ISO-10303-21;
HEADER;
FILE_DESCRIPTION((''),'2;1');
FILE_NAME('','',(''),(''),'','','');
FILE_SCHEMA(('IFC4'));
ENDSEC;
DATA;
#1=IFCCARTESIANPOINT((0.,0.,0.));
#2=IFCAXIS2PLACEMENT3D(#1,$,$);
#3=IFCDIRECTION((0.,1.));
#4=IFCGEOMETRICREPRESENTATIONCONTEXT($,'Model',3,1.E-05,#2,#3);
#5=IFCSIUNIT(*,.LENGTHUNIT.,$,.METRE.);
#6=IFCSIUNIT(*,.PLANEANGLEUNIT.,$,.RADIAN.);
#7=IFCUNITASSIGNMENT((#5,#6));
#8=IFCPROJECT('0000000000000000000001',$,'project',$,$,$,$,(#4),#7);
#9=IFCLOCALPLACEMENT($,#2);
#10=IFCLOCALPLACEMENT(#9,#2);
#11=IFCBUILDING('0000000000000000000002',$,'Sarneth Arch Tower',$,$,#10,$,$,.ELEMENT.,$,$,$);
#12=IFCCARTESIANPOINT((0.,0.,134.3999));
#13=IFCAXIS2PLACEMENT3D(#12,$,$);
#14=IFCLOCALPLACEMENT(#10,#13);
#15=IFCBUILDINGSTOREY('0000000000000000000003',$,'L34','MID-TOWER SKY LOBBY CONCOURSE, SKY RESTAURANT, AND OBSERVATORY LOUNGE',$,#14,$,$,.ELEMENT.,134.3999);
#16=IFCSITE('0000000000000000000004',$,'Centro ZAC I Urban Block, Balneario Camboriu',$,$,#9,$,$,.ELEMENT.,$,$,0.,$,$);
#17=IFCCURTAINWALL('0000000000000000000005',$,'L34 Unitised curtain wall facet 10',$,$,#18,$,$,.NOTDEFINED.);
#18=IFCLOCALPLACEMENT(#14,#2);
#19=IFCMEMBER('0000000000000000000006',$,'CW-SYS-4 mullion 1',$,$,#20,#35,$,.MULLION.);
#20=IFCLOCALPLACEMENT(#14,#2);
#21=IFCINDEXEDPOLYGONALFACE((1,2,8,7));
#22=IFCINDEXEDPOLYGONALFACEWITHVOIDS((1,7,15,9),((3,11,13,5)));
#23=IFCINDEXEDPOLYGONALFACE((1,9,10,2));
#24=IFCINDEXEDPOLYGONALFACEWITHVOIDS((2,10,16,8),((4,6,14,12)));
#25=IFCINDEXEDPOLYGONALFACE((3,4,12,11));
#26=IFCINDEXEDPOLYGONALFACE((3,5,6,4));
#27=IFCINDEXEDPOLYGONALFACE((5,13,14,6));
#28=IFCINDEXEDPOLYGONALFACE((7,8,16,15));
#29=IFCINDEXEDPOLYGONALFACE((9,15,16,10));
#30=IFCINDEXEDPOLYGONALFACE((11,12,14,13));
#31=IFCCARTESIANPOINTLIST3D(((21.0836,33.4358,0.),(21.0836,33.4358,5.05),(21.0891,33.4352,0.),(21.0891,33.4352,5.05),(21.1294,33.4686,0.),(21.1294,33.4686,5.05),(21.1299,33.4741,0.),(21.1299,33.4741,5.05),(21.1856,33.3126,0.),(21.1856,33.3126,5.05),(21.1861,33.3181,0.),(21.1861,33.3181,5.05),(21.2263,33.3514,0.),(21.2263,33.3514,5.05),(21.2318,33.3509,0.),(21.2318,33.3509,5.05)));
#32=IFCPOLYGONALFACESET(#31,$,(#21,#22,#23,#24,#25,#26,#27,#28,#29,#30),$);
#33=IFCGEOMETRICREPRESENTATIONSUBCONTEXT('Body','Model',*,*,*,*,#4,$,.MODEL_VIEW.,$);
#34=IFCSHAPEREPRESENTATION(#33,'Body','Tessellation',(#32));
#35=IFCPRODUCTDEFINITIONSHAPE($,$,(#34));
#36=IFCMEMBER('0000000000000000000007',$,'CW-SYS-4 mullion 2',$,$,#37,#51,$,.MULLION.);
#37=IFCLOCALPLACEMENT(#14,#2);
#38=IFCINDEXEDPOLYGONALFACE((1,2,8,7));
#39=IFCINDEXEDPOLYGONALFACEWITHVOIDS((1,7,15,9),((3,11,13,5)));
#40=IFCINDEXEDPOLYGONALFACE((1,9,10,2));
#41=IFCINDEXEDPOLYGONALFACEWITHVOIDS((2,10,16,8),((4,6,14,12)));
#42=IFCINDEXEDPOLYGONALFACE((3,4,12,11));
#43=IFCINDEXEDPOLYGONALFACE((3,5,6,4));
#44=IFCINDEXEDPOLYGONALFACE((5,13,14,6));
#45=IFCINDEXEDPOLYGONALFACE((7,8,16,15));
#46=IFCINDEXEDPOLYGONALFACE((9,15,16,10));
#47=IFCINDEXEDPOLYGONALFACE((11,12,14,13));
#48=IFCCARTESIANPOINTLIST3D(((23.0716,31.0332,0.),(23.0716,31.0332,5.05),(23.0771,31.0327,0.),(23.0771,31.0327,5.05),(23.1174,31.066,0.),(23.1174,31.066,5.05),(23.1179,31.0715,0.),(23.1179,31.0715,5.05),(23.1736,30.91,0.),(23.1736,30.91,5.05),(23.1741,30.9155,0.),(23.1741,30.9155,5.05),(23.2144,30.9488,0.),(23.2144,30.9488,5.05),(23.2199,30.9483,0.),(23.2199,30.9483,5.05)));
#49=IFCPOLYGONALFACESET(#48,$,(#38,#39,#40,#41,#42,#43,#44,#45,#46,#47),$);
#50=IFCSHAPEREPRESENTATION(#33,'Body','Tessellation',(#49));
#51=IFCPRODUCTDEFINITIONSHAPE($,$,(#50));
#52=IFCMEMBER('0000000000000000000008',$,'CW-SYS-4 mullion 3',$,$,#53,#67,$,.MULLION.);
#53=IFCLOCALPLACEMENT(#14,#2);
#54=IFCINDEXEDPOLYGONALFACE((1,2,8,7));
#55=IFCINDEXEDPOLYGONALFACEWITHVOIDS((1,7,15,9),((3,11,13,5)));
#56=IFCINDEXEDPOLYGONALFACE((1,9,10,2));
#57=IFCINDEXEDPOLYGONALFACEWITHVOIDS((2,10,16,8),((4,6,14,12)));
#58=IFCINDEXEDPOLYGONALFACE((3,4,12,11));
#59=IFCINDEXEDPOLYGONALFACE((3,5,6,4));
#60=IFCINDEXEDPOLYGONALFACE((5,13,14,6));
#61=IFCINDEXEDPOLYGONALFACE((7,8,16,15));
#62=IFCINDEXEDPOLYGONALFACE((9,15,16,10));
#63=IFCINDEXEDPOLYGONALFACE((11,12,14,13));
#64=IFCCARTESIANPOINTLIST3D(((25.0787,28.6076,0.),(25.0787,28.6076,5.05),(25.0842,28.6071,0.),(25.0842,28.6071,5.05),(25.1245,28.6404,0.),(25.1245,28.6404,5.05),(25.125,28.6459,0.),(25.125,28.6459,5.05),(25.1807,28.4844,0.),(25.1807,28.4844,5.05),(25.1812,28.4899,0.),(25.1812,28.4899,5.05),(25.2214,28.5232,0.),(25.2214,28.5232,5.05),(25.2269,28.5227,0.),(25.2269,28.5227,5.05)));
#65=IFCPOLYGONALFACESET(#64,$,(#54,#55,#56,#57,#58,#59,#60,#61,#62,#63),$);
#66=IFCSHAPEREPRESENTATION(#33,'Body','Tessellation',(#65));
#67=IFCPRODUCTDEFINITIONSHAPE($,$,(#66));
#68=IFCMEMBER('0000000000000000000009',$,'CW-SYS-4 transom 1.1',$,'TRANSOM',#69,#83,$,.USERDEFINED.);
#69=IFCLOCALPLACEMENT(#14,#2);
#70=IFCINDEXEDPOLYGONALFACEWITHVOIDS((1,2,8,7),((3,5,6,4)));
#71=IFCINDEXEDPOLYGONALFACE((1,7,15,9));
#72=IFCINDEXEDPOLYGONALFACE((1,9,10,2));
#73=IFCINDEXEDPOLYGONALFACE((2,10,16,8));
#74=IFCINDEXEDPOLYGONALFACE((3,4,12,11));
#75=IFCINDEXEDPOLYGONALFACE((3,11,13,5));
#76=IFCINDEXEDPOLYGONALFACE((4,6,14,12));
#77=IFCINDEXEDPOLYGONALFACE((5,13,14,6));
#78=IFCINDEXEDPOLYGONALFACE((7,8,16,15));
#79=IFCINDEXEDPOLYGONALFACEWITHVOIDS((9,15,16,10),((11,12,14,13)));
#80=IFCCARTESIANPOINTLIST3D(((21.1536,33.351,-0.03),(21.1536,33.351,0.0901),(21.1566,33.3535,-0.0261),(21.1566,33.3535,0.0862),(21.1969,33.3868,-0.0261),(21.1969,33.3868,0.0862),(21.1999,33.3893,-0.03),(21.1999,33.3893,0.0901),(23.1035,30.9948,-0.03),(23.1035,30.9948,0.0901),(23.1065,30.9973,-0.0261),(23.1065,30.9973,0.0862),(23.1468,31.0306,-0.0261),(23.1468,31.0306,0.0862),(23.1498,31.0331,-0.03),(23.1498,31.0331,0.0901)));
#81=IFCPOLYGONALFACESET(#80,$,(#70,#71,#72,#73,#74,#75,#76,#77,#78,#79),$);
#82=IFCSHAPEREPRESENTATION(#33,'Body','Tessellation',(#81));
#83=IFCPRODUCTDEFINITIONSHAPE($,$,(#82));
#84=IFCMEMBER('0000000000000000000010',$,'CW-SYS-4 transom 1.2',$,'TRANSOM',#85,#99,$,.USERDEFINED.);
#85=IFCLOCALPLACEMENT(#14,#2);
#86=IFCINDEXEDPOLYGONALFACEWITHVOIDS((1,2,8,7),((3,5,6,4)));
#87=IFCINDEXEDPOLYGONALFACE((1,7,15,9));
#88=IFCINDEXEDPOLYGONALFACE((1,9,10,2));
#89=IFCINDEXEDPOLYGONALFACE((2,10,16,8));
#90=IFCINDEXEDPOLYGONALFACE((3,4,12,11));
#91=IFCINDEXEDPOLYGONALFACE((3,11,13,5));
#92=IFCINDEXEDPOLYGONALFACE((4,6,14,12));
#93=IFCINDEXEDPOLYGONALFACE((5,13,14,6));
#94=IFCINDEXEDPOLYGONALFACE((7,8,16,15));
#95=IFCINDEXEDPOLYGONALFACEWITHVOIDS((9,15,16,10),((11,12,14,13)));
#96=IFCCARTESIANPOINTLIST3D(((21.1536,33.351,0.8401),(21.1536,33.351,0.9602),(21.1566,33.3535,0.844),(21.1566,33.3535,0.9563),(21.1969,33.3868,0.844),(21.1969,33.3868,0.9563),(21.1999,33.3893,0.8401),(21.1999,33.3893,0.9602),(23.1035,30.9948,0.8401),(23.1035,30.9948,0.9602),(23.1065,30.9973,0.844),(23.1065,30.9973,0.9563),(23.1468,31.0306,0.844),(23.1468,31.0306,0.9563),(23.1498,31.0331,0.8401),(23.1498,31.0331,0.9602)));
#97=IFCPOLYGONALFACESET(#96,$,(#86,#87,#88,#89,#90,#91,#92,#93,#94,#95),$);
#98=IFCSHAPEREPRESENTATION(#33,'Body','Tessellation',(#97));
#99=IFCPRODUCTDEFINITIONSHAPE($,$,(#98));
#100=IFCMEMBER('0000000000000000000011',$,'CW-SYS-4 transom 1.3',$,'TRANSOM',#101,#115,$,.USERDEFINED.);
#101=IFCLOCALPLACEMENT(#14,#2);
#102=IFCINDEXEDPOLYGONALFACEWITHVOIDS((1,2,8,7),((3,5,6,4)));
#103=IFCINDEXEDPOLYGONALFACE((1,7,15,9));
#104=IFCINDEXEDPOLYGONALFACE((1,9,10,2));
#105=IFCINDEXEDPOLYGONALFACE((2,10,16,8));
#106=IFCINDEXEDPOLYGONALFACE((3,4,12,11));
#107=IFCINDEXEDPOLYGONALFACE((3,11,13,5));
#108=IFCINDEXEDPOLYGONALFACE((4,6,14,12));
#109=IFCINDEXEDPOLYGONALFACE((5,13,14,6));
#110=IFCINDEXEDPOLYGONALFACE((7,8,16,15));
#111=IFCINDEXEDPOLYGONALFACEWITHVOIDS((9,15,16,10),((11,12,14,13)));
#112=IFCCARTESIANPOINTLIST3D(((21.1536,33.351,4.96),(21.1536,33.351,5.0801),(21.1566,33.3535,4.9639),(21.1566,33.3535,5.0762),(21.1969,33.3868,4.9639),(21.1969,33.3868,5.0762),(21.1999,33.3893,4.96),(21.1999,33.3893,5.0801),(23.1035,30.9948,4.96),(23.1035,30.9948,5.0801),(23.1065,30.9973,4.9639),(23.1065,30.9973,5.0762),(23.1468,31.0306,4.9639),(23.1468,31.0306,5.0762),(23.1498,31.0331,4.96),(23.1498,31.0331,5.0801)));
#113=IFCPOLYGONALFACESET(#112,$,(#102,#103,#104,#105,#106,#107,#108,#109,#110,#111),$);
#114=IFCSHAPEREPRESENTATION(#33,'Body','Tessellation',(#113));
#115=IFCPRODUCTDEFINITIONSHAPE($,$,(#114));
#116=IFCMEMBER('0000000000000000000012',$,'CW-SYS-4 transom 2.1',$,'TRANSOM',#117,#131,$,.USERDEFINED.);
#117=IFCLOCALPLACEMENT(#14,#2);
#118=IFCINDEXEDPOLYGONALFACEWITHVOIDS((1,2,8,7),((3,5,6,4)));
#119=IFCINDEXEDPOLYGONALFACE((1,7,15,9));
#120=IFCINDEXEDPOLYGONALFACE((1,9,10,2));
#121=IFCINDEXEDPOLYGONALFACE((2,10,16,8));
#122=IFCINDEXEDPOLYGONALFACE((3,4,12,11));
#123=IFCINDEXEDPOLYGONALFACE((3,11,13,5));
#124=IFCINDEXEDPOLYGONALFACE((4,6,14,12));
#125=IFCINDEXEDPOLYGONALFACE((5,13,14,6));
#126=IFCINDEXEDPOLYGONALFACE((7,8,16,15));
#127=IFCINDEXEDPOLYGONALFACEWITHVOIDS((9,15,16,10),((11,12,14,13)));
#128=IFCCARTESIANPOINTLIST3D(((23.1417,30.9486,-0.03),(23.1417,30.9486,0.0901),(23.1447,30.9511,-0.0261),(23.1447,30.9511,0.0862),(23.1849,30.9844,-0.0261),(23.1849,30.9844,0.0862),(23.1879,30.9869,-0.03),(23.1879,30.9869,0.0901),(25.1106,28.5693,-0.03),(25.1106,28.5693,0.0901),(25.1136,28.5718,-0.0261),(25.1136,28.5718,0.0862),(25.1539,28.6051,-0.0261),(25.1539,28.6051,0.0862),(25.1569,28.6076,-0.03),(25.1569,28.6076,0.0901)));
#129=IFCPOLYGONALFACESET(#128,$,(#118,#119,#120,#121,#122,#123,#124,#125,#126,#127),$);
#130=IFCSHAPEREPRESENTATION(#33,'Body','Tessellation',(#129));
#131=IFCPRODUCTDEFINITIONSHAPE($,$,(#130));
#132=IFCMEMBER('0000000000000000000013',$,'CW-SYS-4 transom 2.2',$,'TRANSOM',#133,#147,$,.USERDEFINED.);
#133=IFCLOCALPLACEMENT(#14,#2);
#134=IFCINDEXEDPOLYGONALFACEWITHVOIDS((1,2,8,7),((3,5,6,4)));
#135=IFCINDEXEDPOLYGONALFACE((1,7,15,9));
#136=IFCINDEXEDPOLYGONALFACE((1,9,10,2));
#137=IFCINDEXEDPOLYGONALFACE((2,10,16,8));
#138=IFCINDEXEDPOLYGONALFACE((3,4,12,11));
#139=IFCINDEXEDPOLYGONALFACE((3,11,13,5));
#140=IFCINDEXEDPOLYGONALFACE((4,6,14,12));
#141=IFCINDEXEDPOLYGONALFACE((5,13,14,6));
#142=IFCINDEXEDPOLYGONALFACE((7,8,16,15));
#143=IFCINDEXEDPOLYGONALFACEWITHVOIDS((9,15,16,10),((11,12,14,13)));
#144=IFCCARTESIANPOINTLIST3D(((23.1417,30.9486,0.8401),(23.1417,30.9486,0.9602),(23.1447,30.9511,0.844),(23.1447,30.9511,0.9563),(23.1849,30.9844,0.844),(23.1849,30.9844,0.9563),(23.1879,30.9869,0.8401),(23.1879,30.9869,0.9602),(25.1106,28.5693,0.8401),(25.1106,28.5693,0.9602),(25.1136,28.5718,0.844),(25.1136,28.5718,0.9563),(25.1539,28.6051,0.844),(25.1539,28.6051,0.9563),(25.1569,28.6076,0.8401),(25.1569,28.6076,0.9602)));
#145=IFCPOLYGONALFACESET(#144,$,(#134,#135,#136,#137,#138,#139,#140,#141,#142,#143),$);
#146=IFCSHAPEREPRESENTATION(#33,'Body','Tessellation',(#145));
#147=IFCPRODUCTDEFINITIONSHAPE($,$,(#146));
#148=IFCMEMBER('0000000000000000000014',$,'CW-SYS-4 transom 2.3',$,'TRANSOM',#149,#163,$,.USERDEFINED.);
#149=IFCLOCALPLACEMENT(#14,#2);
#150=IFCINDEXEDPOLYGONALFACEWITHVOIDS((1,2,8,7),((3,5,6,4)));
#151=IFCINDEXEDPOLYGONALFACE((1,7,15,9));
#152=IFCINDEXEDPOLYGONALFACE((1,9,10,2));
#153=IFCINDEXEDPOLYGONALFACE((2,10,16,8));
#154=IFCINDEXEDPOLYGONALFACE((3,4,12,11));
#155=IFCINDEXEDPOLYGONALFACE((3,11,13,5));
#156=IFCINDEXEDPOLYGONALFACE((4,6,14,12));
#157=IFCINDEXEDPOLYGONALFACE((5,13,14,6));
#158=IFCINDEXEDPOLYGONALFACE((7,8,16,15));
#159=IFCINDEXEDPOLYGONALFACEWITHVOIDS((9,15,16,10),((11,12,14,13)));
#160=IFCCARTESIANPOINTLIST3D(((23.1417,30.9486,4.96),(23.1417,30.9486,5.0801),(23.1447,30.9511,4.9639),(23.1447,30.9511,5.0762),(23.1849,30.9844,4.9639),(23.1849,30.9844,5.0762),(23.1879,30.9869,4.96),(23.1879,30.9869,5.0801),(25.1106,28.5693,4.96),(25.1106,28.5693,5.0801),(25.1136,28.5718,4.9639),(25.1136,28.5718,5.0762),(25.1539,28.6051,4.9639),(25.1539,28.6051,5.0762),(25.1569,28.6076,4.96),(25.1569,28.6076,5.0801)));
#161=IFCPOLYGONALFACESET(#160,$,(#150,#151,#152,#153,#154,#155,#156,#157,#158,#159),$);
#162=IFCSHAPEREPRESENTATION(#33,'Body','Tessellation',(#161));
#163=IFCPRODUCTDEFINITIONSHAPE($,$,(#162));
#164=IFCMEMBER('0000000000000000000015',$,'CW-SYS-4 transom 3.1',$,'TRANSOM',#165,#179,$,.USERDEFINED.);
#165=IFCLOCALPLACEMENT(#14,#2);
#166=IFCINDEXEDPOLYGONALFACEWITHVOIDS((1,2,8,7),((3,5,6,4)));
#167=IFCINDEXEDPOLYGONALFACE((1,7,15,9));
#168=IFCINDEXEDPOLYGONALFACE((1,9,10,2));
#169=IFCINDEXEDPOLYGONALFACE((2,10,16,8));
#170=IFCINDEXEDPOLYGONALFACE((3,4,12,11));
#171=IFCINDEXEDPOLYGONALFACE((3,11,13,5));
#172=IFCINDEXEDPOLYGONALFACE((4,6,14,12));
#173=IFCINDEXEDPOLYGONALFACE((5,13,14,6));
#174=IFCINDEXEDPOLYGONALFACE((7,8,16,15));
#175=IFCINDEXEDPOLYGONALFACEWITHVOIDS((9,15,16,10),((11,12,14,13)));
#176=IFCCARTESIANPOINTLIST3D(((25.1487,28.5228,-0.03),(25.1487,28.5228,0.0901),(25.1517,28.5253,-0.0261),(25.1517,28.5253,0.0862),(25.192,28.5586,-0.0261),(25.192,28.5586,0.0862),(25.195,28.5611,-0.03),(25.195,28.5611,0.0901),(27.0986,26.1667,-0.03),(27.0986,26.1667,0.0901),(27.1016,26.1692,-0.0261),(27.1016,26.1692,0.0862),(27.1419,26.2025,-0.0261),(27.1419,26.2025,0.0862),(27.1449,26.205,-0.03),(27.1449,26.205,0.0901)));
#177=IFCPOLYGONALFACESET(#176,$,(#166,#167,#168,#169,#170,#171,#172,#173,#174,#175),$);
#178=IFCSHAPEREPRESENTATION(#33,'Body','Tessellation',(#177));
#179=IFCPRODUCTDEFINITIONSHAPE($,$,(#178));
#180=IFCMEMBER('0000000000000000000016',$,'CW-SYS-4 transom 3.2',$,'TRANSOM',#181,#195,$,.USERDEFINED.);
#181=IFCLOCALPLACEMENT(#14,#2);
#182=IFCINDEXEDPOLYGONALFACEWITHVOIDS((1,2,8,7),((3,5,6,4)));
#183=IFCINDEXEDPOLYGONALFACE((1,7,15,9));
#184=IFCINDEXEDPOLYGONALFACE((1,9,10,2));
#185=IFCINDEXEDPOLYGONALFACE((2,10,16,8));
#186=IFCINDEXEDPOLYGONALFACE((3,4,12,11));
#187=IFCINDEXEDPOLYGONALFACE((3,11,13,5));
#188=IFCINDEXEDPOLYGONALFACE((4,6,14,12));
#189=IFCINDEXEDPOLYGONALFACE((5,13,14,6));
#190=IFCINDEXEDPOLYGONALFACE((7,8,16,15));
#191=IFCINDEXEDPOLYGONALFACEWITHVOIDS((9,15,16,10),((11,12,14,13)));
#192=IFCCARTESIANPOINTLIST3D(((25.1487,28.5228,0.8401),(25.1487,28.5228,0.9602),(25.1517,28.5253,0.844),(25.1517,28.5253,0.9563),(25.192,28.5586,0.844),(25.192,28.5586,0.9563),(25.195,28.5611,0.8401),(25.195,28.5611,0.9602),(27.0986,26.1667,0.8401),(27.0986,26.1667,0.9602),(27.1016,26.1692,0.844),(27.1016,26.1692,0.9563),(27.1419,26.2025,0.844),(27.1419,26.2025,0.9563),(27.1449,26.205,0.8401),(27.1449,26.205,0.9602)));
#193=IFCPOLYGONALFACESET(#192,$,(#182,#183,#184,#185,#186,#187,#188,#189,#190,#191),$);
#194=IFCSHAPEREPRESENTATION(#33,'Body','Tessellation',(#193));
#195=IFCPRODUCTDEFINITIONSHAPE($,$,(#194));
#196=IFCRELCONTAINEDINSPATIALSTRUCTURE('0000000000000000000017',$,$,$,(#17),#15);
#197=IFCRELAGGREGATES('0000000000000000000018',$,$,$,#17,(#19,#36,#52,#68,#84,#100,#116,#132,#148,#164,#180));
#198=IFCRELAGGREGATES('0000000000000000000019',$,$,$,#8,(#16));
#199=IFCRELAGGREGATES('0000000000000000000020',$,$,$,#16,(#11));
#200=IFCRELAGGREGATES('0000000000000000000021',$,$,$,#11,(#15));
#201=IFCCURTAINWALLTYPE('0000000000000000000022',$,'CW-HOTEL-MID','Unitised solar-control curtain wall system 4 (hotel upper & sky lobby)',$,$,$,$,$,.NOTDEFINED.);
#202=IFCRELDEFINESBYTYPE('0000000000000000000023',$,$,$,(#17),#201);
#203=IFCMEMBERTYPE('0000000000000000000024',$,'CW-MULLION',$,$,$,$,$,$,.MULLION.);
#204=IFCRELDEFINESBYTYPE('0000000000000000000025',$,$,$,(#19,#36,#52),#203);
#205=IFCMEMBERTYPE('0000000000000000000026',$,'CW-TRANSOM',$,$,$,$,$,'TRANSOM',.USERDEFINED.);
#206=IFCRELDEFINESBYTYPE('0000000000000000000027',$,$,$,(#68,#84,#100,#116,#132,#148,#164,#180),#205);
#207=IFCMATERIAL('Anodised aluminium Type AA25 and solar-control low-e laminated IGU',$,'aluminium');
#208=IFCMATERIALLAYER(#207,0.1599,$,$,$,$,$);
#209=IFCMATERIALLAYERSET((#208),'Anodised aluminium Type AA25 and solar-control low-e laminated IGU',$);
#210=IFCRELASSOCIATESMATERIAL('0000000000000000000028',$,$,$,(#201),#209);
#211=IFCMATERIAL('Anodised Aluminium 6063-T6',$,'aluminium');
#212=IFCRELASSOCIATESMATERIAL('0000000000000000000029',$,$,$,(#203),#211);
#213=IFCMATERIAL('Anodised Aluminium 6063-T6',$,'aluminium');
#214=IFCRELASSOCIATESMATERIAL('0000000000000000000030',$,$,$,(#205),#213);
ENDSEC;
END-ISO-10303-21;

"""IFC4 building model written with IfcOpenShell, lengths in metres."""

from ifc_helpers import new_model, si_unit, direction, frame, origin, origin_2d, place, context, subcontext, project, spatial, hollow_rectangle, extrude, material, layer, layer_set, material_profile, profile_set, type_object, element, aggregate, save


model = new_model("IFC4")

# Units and contexts
model_context = context("Model", 3, precision=1e-05, world=origin(), true_north=direction((0.0, 1.0)))
body_context = subcontext(model_context, "Body", "Model", "MODEL_VIEW")
ifc_project = project(units=[si_unit("LENGTHUNIT", "METRE"), si_unit("PLANEANGLEUNIT", "RADIAN")], contexts=[model_context])

# Site, building, storey
site_placement = place(None, origin())
site = spatial("IfcSite", under=ifc_project, at=site_placement, Name="Centro ZAC I Urban Block, Balneario Camboriu", CompositionType="ELEMENT", RefElevation=0.0)
building_placement = place(site_placement, origin())
building = spatial("IfcBuilding", under=site, at=building_placement, Name="Sarneth Arch Tower", CompositionType="ELEMENT")
storey_placement = place(building_placement, frame((0.0, 0.0, 134.3999)))
storey = spatial("IfcBuildingStorey", under=building, at=storey_placement, Name="L34", Description="MID-TOWER SKY LOBBY CONCOURSE, SKY RESTAURANT, AND OBSERVATORY LOUNGE", CompositionType="ELEMENT", Elevation=134.3999)

# Curtain wall, members
ifc_material_1 = material(Name="Anodised aluminium Type AA25 and solar-control low-e laminated IGU", Category="aluminium")
ifc_layer_1 = layer(ifc_material_1, 0.1599)
ifc_layer_set_1 = layer_set([ifc_layer_1], Name="Anodised aluminium Type AA25 and solar-control low-e laminated IGU")
curtain_wall_type = type_object("IfcCurtainWallType", Name="CW-HOTEL-MID", Description="Unitised solar-control curtain wall system 4 (hotel upper & sky lobby)", PredefinedType="NOTDEFINED", material=ifc_layer_set_1)
curtain_wall_placement = place(storey_placement, origin())
curtain_wall = element("IfcCurtainWall", 1, at=curtain_wall_placement, inside=storey, type_object=curtain_wall_type, Name="L34 Unitised curtain wall facet 10", PredefinedType="NOTDEFINED")
ifc_material_2 = material(Name="Anodised Aluminium 6063-T6", Category="aluminium")
ifc_material_profile_1 = material_profile(ifc_material_2, hollow_rectangle(XDim=0.0601, YDim=0.1599, WallThickness=0.0039, at=origin_2d()), Name="AL-MULL-160x60x4")
ifc_profile_set_1 = profile_set([ifc_material_profile_1], Name="Anodised Aluminium 6063-T6")
member_type_1 = type_object("IfcMemberType", Name="CW-MULLION", PredefinedType="MULLION", material=ifc_profile_set_1)
member_1_placement = place(storey_placement, frame((21.1577, 33.3933, 0.0), z_axis=(0.0, 0.0, 1.0), x_axis=(0.770438, 0.637515, 0.0)))
member_1 = element("IfcMember", 2, at=member_1_placement, type_object=member_type_1, Name="CW-SYS-4 mullion 1", PredefinedType="MULLION", context=body_context, shape_type="SweptSolid", body=[
    extrude(hollow_rectangle(XDim=0.0601, YDim=0.1599, WallThickness=0.0039, at=origin_2d()), origin(), (0.0, 0.0, 1.0), 5.05),
])
member_2_placement = place(storey_placement, frame((23.1458, 30.9907, 0.0), z_axis=(0.0, 0.0, 1.0), x_axis=(0.770438, 0.637515, 0.0)))
member_2 = element("IfcMember", 3, at=member_2_placement, type_object=member_type_1, Name="CW-SYS-4 mullion 2", PredefinedType="MULLION", context=body_context, shape_type="SweptSolid", body=[
    extrude(hollow_rectangle(XDim=0.0601, YDim=0.1599, WallThickness=0.0039, at=origin_2d()), origin(), (0.0, 0.0, 1.0), 5.05),
])
member_3_placement = place(storey_placement, frame((25.1528, 28.5652, 0.0), z_axis=(0.0, 0.0, 1.0), x_axis=(0.770438, 0.637515, 0.0)))
member_3 = element("IfcMember", 4, at=member_3_placement, type_object=member_type_1, Name="CW-SYS-4 mullion 3", PredefinedType="MULLION", context=body_context, shape_type="SweptSolid", body=[
    extrude(hollow_rectangle(XDim=0.0601, YDim=0.1599, WallThickness=0.0039, at=origin_2d()), origin(), (0.0, 0.0, 1.0), 5.05),
])
ifc_material_3 = material(Name="Anodised Aluminium 6063-T6", Category="aluminium")
ifc_material_profile_2 = material_profile(ifc_material_3, hollow_rectangle(XDim=0.0601, YDim=0.1201, WallThickness=0.0039, at=origin_2d()), Name="AL-TRAN-120x60x4")
ifc_profile_set_2 = profile_set([ifc_material_profile_2], Name="Anodised Aluminium 6063-T6")
member_type_2 = type_object("IfcMemberType", Name="CW-TRANSOM", ElementType="TRANSOM", PredefinedType="USERDEFINED", material=ifc_profile_set_2)
member_4_placement = place(storey_placement, frame((21.1768, 33.3701, 0.03), z_axis=(0.637566, -0.770396, 0.0), x_axis=(0.770396, 0.637566, 0.0)))
member_4 = element("IfcMember", 5, at=member_4_placement, type_object=member_type_2, Name="CW-SYS-4 transom 1.1", ObjectType="TRANSOM", PredefinedType="USERDEFINED", context=body_context, shape_type="SweptSolid", body=[
    extrude(hollow_rectangle(XDim=0.0601, YDim=0.1201, WallThickness=0.0039, at=origin_2d()), origin(), (0.0, 0.0, 1.0), 3.0583),
])
member_5_placement = place(storey_placement, frame((21.1768, 33.3701, 0.9001), z_axis=(0.637566, -0.770396, 0.0), x_axis=(0.770396, 0.637566, 0.0)))
member_5 = element("IfcMember", 6, at=member_5_placement, type_object=member_type_2, Name="CW-SYS-4 transom 1.2", ObjectType="TRANSOM", PredefinedType="USERDEFINED", context=body_context, shape_type="SweptSolid", body=[
    extrude(hollow_rectangle(XDim=0.0601, YDim=0.1201, WallThickness=0.0039, at=origin_2d()), origin(), (0.0, 0.0, 1.0), 3.0583),
])
member_6_placement = place(storey_placement, frame((21.1768, 33.3701, 5.02), z_axis=(0.637566, -0.770396, 0.0), x_axis=(0.770396, 0.637566, 0.0)))
member_6 = element("IfcMember", 7, at=member_6_placement, type_object=member_type_2, Name="CW-SYS-4 transom 1.3", ObjectType="TRANSOM", PredefinedType="USERDEFINED", context=body_context, shape_type="SweptSolid", body=[
    extrude(hollow_rectangle(XDim=0.0601, YDim=0.1201, WallThickness=0.0039, at=origin_2d()), origin(), (0.0, 0.0, 1.0), 3.0583),
])
member_7_placement = place(storey_placement, frame((23.1648, 30.9678, 0.03), z_axis=(0.637537, -0.77042, 0.0), x_axis=(0.77042, 0.637537, 0.0)))
member_7 = element("IfcMember", 8, at=member_7_placement, type_object=member_type_2, Name="CW-SYS-4 transom 2.1", ObjectType="TRANSOM", PredefinedType="USERDEFINED", context=body_context, shape_type="SweptSolid", body=[
    extrude(hollow_rectangle(XDim=0.0601, YDim=0.1201, WallThickness=0.0039, at=origin_2d()), origin(), (0.0, 0.0, 1.0), 3.0884),
])
member_8_placement = place(storey_placement, frame((23.1648, 30.9678, 0.9001), z_axis=(0.637537, -0.77042, 0.0), x_axis=(0.77042, 0.637537, 0.0)))
member_8 = element("IfcMember", 9, at=member_8_placement, type_object=member_type_2, Name="CW-SYS-4 transom 2.2", ObjectType="TRANSOM", PredefinedType="USERDEFINED", context=body_context, shape_type="SweptSolid", body=[
    extrude(hollow_rectangle(XDim=0.0601, YDim=0.1201, WallThickness=0.0039, at=origin_2d()), origin(), (0.0, 0.0, 1.0), 3.0884),
])
member_9_placement = place(storey_placement, frame((23.1648, 30.9678, 5.02), z_axis=(0.637537, -0.77042, 0.0), x_axis=(0.77042, 0.637537, 0.0)))
member_9 = element("IfcMember", 10, at=member_9_placement, type_object=member_type_2, Name="CW-SYS-4 transom 2.3", ObjectType="TRANSOM", PredefinedType="USERDEFINED", context=body_context, shape_type="SweptSolid", body=[
    extrude(hollow_rectangle(XDim=0.0601, YDim=0.1201, WallThickness=0.0039, at=origin_2d()), origin(), (0.0, 0.0, 1.0), 3.0884),
])
member_10_placement = place(storey_placement, frame((25.1719, 28.542, 0.03), z_axis=(0.637566, -0.770396, 0.0), x_axis=(0.770396, 0.637566, 0.0)))
member_10 = element("IfcMember", 11, at=member_10_placement, type_object=member_type_2, Name="CW-SYS-4 transom 3.1", ObjectType="TRANSOM", PredefinedType="USERDEFINED", context=body_context, shape_type="SweptSolid", body=[
    extrude(hollow_rectangle(XDim=0.0601, YDim=0.1201, WallThickness=0.0039, at=origin_2d()), origin(), (0.0, 0.0, 1.0), 3.0583),
])
member_11_placement = place(storey_placement, frame((25.1719, 28.542, 0.9001), z_axis=(0.637566, -0.770396, 0.0), x_axis=(0.770396, 0.637566, 0.0)))
member_11 = element("IfcMember", 12, at=member_11_placement, type_object=member_type_2, Name="CW-SYS-4 transom 3.2", ObjectType="TRANSOM", PredefinedType="USERDEFINED", context=body_context, shape_type="SweptSolid", body=[
    extrude(hollow_rectangle(XDim=0.0601, YDim=0.1201, WallThickness=0.0039, at=origin_2d()), origin(), (0.0, 0.0, 1.0), 3.0583),
])
aggregate(curtain_wall, [member_1, member_2, member_3, member_4, member_5, member_6, member_7, member_8, member_9, member_10, member_11])

save(model, "model.ifc")
